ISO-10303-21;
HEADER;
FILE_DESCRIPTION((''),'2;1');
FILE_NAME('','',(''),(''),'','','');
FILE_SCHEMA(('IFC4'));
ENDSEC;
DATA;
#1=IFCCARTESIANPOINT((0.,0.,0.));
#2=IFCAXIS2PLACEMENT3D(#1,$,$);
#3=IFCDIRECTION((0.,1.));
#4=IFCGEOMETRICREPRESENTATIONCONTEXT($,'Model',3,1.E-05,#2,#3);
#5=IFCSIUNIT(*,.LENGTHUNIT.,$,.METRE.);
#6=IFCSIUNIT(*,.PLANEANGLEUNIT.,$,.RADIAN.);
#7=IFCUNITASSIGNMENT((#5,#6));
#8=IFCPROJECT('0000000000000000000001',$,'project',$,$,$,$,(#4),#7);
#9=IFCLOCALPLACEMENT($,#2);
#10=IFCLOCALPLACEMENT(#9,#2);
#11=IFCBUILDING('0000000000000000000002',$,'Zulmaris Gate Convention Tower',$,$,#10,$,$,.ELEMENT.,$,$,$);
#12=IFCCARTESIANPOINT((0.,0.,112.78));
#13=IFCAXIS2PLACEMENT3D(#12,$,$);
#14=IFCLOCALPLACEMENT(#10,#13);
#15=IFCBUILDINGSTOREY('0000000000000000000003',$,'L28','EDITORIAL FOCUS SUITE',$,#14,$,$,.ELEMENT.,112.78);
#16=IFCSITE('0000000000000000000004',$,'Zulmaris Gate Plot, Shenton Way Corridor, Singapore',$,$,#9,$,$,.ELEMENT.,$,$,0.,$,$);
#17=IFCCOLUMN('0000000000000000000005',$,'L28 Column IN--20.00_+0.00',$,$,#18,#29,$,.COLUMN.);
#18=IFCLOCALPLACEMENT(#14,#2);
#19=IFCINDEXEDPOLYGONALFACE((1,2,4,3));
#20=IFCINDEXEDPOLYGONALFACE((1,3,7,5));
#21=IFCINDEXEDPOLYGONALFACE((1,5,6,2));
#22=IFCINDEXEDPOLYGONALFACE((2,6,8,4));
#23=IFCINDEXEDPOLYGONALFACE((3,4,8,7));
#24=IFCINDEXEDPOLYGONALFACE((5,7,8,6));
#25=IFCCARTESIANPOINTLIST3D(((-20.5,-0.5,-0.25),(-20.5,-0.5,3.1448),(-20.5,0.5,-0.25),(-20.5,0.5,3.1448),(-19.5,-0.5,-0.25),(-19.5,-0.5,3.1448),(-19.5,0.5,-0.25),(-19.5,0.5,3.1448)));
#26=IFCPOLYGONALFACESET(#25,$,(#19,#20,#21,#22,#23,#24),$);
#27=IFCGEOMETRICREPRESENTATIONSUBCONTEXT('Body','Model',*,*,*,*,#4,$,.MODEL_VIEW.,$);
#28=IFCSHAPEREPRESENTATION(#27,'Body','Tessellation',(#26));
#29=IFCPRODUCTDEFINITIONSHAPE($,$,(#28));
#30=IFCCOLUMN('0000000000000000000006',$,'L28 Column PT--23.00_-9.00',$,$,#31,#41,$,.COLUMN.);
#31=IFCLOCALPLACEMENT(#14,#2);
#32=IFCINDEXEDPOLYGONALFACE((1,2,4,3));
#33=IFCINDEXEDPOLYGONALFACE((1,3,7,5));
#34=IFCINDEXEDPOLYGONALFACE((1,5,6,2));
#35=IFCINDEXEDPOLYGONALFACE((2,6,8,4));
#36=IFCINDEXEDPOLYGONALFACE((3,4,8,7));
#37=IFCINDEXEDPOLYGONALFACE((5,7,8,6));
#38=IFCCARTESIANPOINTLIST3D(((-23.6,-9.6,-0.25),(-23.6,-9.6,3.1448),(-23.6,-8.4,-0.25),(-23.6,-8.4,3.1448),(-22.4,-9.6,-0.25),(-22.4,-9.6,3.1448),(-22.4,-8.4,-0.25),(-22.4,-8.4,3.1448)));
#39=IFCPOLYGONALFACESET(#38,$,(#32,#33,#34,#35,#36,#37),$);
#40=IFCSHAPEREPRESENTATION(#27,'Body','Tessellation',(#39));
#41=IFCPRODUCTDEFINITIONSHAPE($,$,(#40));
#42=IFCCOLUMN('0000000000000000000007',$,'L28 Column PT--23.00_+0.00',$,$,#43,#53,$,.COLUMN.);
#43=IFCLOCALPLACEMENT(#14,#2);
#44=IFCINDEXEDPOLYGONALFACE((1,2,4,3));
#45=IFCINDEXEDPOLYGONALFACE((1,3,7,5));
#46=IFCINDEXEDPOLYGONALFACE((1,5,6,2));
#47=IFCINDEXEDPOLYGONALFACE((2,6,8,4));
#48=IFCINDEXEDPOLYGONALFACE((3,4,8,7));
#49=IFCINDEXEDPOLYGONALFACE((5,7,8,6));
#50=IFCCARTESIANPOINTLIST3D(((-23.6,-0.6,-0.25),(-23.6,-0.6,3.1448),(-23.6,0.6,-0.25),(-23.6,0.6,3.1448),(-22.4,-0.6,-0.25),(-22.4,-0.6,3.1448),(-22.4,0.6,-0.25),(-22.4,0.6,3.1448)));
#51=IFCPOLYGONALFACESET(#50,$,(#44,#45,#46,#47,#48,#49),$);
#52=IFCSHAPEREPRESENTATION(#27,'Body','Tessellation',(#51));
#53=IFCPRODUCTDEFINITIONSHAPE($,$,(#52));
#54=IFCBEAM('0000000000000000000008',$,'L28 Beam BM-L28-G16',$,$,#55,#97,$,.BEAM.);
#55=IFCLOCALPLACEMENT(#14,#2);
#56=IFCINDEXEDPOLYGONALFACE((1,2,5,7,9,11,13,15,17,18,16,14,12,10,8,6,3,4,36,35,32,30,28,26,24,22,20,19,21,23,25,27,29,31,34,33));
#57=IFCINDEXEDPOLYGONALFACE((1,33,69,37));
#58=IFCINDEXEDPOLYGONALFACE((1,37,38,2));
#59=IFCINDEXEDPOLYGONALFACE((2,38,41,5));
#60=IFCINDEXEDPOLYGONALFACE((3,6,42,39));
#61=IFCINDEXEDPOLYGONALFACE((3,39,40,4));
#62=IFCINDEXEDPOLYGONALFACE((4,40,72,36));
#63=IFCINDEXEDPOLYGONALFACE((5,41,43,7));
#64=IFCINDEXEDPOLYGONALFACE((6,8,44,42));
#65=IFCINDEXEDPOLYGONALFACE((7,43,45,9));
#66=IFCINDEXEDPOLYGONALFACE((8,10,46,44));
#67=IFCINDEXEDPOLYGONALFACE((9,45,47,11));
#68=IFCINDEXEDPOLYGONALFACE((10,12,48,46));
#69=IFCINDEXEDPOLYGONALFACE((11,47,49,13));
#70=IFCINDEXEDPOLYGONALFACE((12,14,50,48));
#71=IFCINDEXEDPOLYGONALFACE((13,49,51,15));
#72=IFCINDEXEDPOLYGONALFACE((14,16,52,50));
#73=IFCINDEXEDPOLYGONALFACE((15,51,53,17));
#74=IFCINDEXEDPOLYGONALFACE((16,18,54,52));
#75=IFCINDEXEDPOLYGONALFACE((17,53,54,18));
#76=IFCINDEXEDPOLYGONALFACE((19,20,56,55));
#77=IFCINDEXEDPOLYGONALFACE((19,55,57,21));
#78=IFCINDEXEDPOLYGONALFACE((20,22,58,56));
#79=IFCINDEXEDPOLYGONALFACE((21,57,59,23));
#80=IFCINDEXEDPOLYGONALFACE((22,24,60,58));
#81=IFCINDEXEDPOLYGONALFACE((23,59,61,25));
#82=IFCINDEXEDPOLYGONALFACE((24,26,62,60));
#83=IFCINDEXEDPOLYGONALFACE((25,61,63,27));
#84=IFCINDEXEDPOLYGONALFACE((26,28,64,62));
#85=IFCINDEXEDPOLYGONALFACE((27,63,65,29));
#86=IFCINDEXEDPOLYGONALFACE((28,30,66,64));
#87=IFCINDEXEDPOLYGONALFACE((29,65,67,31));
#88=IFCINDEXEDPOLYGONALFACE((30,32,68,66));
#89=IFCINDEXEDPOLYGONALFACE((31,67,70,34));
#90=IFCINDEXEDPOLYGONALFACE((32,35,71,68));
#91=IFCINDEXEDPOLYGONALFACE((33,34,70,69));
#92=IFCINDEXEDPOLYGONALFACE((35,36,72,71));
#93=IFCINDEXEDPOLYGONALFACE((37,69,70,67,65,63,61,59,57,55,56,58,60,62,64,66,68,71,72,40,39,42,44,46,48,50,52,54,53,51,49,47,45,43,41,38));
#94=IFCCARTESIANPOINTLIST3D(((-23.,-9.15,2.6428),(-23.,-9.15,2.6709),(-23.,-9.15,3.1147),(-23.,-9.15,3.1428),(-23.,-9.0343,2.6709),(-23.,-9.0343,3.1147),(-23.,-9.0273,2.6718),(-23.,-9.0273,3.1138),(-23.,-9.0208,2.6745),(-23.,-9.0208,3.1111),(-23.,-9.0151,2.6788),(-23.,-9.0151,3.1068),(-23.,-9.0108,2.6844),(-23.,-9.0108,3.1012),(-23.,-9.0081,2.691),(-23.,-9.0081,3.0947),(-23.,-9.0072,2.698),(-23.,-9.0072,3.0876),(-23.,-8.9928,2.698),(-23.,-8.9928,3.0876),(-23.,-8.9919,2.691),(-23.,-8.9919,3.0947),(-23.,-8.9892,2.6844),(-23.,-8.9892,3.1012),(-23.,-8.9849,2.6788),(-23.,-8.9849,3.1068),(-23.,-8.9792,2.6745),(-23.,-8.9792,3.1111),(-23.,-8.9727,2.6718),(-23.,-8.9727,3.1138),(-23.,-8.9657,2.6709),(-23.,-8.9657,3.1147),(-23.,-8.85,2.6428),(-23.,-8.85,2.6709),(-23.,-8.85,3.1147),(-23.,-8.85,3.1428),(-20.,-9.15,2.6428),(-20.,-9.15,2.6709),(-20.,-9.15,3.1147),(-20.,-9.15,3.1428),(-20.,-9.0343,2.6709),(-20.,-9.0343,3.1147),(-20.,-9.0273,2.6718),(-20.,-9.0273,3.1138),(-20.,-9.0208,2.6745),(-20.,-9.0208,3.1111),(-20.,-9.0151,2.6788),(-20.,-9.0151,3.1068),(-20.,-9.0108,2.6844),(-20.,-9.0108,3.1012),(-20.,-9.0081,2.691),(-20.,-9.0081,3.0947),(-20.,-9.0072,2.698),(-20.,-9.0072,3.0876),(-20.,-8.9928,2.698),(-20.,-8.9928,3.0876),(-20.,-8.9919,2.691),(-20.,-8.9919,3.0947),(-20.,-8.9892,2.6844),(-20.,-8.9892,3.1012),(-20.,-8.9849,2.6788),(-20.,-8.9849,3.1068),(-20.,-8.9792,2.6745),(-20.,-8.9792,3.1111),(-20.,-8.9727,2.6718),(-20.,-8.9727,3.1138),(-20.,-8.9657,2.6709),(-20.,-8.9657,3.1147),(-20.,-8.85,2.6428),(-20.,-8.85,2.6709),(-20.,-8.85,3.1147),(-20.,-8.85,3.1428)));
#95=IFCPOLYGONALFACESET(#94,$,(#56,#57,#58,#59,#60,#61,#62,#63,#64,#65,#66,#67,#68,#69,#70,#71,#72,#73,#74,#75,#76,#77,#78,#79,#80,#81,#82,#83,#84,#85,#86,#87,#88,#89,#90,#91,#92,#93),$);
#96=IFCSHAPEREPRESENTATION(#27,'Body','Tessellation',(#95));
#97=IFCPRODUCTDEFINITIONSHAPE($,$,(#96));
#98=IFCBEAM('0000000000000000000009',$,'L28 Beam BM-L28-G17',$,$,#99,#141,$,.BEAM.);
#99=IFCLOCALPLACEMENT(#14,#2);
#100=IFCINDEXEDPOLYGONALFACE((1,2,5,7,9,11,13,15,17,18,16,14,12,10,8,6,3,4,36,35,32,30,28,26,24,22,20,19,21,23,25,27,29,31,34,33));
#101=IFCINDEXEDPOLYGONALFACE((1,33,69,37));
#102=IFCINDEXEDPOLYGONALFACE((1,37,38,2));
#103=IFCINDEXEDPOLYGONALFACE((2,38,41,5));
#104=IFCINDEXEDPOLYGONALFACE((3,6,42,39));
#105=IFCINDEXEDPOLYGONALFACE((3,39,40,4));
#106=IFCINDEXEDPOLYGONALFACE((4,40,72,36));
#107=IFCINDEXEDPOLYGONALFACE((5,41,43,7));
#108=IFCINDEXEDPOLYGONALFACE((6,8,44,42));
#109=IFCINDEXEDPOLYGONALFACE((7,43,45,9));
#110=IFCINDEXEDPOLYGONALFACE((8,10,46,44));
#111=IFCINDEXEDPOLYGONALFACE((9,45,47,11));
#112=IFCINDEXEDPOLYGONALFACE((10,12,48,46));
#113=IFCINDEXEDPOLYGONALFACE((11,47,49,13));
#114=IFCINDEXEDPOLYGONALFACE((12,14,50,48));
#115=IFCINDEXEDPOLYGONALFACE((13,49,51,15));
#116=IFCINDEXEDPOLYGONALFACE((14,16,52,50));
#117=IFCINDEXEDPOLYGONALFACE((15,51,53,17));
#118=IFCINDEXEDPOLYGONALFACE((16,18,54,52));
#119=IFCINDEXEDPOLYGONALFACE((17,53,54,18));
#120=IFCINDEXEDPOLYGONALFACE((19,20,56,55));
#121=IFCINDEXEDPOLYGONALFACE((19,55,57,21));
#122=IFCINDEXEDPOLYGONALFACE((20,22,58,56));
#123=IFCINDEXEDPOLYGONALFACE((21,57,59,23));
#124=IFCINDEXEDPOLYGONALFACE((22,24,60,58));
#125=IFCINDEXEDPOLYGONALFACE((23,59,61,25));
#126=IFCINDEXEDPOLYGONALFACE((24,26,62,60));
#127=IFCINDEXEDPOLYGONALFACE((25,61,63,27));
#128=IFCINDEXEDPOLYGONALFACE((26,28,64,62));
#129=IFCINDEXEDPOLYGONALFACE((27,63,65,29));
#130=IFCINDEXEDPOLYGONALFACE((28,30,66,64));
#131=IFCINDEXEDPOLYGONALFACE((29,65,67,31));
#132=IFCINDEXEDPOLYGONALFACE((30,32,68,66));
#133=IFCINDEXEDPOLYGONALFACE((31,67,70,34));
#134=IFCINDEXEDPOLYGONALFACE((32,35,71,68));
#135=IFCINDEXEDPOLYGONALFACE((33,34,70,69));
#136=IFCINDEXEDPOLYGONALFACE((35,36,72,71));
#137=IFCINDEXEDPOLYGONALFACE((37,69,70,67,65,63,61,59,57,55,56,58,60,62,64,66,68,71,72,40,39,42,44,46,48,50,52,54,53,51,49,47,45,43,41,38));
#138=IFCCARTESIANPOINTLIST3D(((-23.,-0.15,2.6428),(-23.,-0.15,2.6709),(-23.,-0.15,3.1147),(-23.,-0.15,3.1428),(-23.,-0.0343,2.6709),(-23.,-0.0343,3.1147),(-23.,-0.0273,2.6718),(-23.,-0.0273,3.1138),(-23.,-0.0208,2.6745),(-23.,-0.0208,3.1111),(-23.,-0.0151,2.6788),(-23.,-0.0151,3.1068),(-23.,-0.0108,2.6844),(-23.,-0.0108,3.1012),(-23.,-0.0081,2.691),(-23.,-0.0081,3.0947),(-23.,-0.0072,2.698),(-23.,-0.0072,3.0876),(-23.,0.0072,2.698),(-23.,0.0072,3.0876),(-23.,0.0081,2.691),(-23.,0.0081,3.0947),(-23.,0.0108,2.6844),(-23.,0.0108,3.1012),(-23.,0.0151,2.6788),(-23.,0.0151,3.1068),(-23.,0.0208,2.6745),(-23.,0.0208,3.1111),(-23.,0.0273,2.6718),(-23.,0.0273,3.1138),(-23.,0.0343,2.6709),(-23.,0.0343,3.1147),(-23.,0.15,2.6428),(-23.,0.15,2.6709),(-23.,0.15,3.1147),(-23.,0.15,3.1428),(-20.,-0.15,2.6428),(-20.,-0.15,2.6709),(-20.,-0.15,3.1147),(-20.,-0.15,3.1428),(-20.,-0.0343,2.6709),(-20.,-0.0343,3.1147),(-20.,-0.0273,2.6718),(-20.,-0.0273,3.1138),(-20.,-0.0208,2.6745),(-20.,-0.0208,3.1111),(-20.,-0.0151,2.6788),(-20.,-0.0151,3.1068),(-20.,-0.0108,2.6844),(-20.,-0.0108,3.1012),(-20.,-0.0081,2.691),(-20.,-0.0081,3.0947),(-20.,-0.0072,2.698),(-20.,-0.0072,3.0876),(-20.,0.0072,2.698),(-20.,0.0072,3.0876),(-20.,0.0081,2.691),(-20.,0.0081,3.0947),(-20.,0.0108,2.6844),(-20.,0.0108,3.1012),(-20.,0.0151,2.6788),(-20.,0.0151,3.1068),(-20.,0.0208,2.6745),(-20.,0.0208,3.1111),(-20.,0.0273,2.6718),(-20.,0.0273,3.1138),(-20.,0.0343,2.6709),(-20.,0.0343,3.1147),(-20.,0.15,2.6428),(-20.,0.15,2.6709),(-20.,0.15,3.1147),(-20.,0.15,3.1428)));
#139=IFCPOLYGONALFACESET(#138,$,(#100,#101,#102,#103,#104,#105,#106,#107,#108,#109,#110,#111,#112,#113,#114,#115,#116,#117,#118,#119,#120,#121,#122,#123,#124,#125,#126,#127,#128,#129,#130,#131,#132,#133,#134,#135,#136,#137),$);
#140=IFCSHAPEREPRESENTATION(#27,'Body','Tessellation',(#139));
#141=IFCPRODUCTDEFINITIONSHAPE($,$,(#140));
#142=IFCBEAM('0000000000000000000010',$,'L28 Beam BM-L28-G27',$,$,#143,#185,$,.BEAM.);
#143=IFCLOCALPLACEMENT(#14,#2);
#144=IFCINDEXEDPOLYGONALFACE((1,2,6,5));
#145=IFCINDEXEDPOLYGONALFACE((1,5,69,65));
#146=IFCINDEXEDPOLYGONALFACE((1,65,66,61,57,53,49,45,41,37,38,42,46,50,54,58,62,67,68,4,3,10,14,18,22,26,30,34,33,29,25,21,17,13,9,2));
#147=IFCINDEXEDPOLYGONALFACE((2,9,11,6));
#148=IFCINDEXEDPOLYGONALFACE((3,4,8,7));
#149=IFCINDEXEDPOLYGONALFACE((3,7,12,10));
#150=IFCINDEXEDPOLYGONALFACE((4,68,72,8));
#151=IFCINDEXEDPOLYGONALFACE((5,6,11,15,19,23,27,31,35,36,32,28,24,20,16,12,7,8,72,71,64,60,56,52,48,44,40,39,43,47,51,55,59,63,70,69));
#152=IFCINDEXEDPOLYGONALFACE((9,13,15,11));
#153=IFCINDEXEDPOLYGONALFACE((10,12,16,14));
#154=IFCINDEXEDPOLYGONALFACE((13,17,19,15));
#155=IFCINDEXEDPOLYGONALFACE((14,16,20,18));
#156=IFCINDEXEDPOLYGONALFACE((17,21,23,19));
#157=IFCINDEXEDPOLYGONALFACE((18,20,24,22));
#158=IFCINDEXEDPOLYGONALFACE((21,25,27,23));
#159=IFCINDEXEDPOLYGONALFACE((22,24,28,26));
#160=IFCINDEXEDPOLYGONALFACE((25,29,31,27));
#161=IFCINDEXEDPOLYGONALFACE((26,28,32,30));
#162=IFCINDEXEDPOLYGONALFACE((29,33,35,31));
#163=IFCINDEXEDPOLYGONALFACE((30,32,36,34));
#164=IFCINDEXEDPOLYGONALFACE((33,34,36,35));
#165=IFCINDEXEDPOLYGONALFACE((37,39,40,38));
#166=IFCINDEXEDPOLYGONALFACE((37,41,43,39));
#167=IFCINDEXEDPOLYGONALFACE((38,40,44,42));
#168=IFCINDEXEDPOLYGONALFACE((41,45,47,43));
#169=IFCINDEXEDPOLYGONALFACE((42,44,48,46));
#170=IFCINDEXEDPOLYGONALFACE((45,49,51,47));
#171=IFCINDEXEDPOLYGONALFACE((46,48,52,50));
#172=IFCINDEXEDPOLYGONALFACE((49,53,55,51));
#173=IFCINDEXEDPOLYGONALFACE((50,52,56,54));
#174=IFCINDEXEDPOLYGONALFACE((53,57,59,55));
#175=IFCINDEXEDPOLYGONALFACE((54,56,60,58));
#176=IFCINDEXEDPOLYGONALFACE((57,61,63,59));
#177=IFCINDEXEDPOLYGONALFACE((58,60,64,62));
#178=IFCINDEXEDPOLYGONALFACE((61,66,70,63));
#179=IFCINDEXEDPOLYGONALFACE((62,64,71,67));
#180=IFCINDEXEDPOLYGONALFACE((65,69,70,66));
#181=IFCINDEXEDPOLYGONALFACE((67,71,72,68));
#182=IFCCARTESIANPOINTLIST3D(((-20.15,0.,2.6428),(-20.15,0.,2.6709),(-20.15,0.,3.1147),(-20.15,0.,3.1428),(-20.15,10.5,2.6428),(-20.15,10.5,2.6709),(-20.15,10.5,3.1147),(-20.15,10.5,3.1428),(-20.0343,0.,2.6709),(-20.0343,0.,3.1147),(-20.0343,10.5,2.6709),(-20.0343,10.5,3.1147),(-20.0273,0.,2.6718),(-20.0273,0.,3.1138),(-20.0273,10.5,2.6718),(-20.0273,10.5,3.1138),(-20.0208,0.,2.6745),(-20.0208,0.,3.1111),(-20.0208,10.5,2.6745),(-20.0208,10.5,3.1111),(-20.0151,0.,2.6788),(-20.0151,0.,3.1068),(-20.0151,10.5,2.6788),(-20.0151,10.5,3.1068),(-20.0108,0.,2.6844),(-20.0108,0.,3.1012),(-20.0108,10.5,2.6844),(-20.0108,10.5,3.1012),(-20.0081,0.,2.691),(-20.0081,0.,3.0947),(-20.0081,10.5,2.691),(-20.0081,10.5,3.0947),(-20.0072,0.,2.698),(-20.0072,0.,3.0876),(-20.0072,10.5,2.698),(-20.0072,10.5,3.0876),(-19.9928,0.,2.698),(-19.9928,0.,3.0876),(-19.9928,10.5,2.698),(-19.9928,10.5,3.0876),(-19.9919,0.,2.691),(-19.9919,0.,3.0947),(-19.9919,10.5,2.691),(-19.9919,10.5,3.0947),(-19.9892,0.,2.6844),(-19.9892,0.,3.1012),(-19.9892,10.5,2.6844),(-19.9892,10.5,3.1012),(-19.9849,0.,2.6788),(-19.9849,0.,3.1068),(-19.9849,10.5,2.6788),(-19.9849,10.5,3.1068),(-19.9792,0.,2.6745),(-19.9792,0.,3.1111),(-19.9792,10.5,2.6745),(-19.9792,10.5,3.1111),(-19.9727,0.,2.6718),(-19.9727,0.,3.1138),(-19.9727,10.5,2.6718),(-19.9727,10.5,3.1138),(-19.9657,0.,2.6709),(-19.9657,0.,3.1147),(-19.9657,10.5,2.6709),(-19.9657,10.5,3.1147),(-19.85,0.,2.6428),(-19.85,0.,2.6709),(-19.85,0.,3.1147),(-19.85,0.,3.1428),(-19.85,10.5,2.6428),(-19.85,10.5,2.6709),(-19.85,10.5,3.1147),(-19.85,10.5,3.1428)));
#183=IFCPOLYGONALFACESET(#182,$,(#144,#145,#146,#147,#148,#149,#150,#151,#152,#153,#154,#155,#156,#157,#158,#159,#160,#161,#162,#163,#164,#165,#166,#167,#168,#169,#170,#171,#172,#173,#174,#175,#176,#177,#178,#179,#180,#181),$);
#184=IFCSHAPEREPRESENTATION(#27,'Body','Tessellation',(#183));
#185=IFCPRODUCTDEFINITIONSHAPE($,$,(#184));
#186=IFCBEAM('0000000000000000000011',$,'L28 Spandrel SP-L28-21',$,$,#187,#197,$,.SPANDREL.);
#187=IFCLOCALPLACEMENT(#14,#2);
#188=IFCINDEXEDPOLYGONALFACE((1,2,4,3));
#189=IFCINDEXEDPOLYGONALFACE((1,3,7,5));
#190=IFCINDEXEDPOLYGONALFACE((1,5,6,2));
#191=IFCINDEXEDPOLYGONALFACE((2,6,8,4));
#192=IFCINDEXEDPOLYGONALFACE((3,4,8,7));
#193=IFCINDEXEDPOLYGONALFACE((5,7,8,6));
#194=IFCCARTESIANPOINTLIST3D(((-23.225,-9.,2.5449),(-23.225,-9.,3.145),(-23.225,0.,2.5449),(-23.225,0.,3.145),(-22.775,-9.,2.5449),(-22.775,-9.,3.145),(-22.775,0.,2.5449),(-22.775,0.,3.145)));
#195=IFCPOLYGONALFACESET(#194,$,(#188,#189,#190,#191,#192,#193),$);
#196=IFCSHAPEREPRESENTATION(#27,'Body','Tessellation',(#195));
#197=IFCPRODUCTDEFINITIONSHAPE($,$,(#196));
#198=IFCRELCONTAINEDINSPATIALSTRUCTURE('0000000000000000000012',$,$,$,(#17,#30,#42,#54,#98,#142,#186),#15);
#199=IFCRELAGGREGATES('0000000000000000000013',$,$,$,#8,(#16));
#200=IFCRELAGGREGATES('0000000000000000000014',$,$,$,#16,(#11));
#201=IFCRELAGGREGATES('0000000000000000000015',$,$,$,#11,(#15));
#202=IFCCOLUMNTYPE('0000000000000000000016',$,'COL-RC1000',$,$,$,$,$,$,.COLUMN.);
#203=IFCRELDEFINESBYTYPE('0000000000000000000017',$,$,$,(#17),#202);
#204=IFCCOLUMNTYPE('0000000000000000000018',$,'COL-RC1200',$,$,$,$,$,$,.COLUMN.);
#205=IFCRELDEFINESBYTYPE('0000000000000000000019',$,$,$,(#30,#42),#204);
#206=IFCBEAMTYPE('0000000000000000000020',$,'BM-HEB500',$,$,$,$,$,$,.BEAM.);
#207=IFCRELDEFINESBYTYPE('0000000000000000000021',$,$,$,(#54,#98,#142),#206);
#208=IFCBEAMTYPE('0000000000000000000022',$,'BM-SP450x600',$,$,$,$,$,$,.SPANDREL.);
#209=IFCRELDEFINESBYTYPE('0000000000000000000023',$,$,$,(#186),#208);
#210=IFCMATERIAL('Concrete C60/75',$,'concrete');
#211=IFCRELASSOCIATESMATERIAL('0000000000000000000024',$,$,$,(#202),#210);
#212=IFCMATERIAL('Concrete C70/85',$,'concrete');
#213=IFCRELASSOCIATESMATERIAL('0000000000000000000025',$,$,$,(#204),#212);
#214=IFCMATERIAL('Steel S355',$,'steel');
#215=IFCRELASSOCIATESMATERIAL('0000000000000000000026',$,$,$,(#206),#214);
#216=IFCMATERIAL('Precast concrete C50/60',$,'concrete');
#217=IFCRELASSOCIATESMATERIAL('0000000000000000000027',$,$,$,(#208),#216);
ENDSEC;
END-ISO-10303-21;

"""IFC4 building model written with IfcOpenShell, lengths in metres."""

from ifc_helpers import new_model, si_unit, direction, frame, origin, origin_2d, place, context, subcontext, project, spatial, rectangle, i_section, extrude, material, material_profile, profile_set, type_object, element, save


model = new_model("IFC4")

# Units and contexts
model_context = context("Model", 3, precision=1e-05, world=origin(), true_north=direction((0.0, 1.0)))
body_context = subcontext(model_context, "Body", "Model", "MODEL_VIEW")
ifc_project = project(units=[si_unit("LENGTHUNIT", "METRE"), si_unit("PLANEANGLEUNIT", "RADIAN")], contexts=[model_context])

# Site, building, storey
site_placement = place(None, origin())
site = spatial("IfcSite", under=ifc_project, at=site_placement, Name="Zulmaris Gate Plot, Shenton Way Corridor, Singapore", CompositionType="ELEMENT", RefElevation=0.0)
building_placement = place(site_placement, origin())
building = spatial("IfcBuilding", under=site, at=building_placement, Name="Zulmaris Gate Convention Tower", CompositionType="ELEMENT")
storey_placement = place(building_placement, frame((0.0, 0.0, 112.78)))
storey = spatial("IfcBuildingStorey", under=building, at=storey_placement, Name="L28", Description="EDITORIAL FOCUS SUITE", CompositionType="ELEMENT", Elevation=112.78)

# Columns
ifc_material_1 = material(Name="Concrete C60/75", Category="concrete")
ifc_material_profile_1 = material_profile(ifc_material_1, rectangle(XDim=1.0, YDim=1.0, at=origin_2d()), Name="RC COL 1000x1000")
ifc_profile_set_1 = profile_set([ifc_material_profile_1], Name="Concrete C60/75")
column_type_1 = type_object("IfcColumnType", Name="COL-RC1000", PredefinedType="COLUMN", material=ifc_profile_set_1)
column_placement = place(storey_placement, frame((-20.0, 0.0, -0.25), z_axis=(0.0, 0.0, 1.0), x_axis=(1.0, 0.0, 0.0)))
element("IfcColumn", 1, at=column_placement, inside=storey, type_object=column_type_1, Name="L28 Column IN--20.00_+0.00", PredefinedType="COLUMN", context=body_context, shape_type="SweptSolid", body=[
    extrude(rectangle(XDim=1.0, YDim=1.0, at=origin_2d()), origin(), (0.0, 0.0, 1.0), 3.3948),
])
ifc_material_2 = material(Name="Concrete C70/85", Category="concrete")
ifc_material_profile_2 = material_profile(ifc_material_2, rectangle(XDim=1.2, YDim=1.2, at=origin_2d()), Name="RC COL 1200x1200")
ifc_profile_set_2 = profile_set([ifc_material_profile_2], Name="Concrete C70/85")
column_type_2 = type_object("IfcColumnType", Name="COL-RC1200", PredefinedType="COLUMN", material=ifc_profile_set_2)
for number, where, z_axis, x_axis, name in (
    (2, (-23.0, -9.0, -0.25), (0.0, 0.0, 1.0), (1.0, 0.0, 0.0), "L28 Column PT--23.00_-9.00"),
    (3, (-23.0, 0.0, -0.25), (0.0, 0.0, 1.0), (1.0, 0.0, 0.0), "L28 Column PT--23.00_+0.00"),
):
    element("IfcColumn", number, at=place(storey_placement, frame(where, z_axis=z_axis, x_axis=x_axis)), inside=storey, type_object=column_type_2, Name=name, PredefinedType="COLUMN", context=body_context, shape_type="SweptSolid", body=[
        extrude(rectangle(XDim=1.2, YDim=1.2, at=origin_2d()), origin(), (0.0, 0.0, 1.0), 3.3948),
    ])

# Beams
ifc_material_3 = material(Name="Steel S355", Category="steel")
ifc_material_profile_3 = material_profile(ifc_material_3, i_section(OverallWidth=0.3, OverallDepth=0.5, WebThickness=0.0144, FlangeThickness=0.0281, FilletRadius=0.0271, at=origin_2d()), Name="HEB 500")
ifc_profile_set_3 = profile_set([ifc_material_profile_3], Name="Steel S355")
beam_type_1 = type_object("IfcBeamType", Name="BM-HEB500", PredefinedType="BEAM", material=ifc_profile_set_3)
for number, where, z_axis, x_axis, name in (
    (4, (-23.0, -9.0, 2.8928), (1.0, 0.0, 0.0), (0.0, 1.0, 0.0), "L28 Beam BM-L28-G16"),
    (5, (-23.0, 0.0, 2.8928), (1.0, 0.0, 0.0), (0.0, 1.0, 0.0), "L28 Beam BM-L28-G17"),
):
    element("IfcBeam", number, at=place(storey_placement, frame(where, z_axis=z_axis, x_axis=x_axis)), inside=storey, type_object=beam_type_1, Name=name, PredefinedType="BEAM", context=body_context, shape_type="SweptSolid", body=[
        extrude(i_section(OverallWidth=0.3, OverallDepth=0.5, WebThickness=0.0144, FlangeThickness=0.0281, FilletRadius=0.0271, at=origin_2d()), origin(), (0.0, 0.0, 1.0), 3.0),
    ])
beam_1_placement = place(storey_placement, frame((-20.0, 0.0, 2.8928), z_axis=(0.0, 1.0, 0.0), x_axis=(-1.0, 0.0, 0.0)))
element("IfcBeam", 6, at=beam_1_placement, inside=storey, type_object=beam_type_1, Name="L28 Beam BM-L28-G27", PredefinedType="BEAM", context=body_context, shape_type="SweptSolid", body=[
    extrude(i_section(OverallWidth=0.3, OverallDepth=0.5, WebThickness=0.0144, FlangeThickness=0.0281, FilletRadius=0.0271, at=origin_2d()), origin(), (0.0, 0.0, 1.0), 10.5),
])
ifc_material_4 = material(Name="Precast concrete C50/60", Category="concrete")
ifc_material_profile_4 = material_profile(ifc_material_4, rectangle(XDim=0.45, YDim=0.6001, at=origin_2d()), Name="RC SPANDREL 450x600")
ifc_profile_set_4 = profile_set([ifc_material_profile_4], Name="Precast concrete C50/60")
beam_type_2 = type_object("IfcBeamType", Name="BM-SP450x600", PredefinedType="SPANDREL", material=ifc_profile_set_4)
beam_2_placement = place(storey_placement, frame((-23.0, 0.0, 2.845), z_axis=(0.0, -1.0, 0.0), x_axis=(1.0, 0.0, 0.0)))
element("IfcBeam", 7, at=beam_2_placement, inside=storey, type_object=beam_type_2, Name="L28 Spandrel SP-L28-21", PredefinedType="SPANDREL", context=body_context, shape_type="SweptSolid", body=[
    extrude(rectangle(XDim=0.45, YDim=0.6001, at=origin_2d()), origin(), (0.0, 0.0, 1.0), 9.0),
])

save(model, "model.ifc")
